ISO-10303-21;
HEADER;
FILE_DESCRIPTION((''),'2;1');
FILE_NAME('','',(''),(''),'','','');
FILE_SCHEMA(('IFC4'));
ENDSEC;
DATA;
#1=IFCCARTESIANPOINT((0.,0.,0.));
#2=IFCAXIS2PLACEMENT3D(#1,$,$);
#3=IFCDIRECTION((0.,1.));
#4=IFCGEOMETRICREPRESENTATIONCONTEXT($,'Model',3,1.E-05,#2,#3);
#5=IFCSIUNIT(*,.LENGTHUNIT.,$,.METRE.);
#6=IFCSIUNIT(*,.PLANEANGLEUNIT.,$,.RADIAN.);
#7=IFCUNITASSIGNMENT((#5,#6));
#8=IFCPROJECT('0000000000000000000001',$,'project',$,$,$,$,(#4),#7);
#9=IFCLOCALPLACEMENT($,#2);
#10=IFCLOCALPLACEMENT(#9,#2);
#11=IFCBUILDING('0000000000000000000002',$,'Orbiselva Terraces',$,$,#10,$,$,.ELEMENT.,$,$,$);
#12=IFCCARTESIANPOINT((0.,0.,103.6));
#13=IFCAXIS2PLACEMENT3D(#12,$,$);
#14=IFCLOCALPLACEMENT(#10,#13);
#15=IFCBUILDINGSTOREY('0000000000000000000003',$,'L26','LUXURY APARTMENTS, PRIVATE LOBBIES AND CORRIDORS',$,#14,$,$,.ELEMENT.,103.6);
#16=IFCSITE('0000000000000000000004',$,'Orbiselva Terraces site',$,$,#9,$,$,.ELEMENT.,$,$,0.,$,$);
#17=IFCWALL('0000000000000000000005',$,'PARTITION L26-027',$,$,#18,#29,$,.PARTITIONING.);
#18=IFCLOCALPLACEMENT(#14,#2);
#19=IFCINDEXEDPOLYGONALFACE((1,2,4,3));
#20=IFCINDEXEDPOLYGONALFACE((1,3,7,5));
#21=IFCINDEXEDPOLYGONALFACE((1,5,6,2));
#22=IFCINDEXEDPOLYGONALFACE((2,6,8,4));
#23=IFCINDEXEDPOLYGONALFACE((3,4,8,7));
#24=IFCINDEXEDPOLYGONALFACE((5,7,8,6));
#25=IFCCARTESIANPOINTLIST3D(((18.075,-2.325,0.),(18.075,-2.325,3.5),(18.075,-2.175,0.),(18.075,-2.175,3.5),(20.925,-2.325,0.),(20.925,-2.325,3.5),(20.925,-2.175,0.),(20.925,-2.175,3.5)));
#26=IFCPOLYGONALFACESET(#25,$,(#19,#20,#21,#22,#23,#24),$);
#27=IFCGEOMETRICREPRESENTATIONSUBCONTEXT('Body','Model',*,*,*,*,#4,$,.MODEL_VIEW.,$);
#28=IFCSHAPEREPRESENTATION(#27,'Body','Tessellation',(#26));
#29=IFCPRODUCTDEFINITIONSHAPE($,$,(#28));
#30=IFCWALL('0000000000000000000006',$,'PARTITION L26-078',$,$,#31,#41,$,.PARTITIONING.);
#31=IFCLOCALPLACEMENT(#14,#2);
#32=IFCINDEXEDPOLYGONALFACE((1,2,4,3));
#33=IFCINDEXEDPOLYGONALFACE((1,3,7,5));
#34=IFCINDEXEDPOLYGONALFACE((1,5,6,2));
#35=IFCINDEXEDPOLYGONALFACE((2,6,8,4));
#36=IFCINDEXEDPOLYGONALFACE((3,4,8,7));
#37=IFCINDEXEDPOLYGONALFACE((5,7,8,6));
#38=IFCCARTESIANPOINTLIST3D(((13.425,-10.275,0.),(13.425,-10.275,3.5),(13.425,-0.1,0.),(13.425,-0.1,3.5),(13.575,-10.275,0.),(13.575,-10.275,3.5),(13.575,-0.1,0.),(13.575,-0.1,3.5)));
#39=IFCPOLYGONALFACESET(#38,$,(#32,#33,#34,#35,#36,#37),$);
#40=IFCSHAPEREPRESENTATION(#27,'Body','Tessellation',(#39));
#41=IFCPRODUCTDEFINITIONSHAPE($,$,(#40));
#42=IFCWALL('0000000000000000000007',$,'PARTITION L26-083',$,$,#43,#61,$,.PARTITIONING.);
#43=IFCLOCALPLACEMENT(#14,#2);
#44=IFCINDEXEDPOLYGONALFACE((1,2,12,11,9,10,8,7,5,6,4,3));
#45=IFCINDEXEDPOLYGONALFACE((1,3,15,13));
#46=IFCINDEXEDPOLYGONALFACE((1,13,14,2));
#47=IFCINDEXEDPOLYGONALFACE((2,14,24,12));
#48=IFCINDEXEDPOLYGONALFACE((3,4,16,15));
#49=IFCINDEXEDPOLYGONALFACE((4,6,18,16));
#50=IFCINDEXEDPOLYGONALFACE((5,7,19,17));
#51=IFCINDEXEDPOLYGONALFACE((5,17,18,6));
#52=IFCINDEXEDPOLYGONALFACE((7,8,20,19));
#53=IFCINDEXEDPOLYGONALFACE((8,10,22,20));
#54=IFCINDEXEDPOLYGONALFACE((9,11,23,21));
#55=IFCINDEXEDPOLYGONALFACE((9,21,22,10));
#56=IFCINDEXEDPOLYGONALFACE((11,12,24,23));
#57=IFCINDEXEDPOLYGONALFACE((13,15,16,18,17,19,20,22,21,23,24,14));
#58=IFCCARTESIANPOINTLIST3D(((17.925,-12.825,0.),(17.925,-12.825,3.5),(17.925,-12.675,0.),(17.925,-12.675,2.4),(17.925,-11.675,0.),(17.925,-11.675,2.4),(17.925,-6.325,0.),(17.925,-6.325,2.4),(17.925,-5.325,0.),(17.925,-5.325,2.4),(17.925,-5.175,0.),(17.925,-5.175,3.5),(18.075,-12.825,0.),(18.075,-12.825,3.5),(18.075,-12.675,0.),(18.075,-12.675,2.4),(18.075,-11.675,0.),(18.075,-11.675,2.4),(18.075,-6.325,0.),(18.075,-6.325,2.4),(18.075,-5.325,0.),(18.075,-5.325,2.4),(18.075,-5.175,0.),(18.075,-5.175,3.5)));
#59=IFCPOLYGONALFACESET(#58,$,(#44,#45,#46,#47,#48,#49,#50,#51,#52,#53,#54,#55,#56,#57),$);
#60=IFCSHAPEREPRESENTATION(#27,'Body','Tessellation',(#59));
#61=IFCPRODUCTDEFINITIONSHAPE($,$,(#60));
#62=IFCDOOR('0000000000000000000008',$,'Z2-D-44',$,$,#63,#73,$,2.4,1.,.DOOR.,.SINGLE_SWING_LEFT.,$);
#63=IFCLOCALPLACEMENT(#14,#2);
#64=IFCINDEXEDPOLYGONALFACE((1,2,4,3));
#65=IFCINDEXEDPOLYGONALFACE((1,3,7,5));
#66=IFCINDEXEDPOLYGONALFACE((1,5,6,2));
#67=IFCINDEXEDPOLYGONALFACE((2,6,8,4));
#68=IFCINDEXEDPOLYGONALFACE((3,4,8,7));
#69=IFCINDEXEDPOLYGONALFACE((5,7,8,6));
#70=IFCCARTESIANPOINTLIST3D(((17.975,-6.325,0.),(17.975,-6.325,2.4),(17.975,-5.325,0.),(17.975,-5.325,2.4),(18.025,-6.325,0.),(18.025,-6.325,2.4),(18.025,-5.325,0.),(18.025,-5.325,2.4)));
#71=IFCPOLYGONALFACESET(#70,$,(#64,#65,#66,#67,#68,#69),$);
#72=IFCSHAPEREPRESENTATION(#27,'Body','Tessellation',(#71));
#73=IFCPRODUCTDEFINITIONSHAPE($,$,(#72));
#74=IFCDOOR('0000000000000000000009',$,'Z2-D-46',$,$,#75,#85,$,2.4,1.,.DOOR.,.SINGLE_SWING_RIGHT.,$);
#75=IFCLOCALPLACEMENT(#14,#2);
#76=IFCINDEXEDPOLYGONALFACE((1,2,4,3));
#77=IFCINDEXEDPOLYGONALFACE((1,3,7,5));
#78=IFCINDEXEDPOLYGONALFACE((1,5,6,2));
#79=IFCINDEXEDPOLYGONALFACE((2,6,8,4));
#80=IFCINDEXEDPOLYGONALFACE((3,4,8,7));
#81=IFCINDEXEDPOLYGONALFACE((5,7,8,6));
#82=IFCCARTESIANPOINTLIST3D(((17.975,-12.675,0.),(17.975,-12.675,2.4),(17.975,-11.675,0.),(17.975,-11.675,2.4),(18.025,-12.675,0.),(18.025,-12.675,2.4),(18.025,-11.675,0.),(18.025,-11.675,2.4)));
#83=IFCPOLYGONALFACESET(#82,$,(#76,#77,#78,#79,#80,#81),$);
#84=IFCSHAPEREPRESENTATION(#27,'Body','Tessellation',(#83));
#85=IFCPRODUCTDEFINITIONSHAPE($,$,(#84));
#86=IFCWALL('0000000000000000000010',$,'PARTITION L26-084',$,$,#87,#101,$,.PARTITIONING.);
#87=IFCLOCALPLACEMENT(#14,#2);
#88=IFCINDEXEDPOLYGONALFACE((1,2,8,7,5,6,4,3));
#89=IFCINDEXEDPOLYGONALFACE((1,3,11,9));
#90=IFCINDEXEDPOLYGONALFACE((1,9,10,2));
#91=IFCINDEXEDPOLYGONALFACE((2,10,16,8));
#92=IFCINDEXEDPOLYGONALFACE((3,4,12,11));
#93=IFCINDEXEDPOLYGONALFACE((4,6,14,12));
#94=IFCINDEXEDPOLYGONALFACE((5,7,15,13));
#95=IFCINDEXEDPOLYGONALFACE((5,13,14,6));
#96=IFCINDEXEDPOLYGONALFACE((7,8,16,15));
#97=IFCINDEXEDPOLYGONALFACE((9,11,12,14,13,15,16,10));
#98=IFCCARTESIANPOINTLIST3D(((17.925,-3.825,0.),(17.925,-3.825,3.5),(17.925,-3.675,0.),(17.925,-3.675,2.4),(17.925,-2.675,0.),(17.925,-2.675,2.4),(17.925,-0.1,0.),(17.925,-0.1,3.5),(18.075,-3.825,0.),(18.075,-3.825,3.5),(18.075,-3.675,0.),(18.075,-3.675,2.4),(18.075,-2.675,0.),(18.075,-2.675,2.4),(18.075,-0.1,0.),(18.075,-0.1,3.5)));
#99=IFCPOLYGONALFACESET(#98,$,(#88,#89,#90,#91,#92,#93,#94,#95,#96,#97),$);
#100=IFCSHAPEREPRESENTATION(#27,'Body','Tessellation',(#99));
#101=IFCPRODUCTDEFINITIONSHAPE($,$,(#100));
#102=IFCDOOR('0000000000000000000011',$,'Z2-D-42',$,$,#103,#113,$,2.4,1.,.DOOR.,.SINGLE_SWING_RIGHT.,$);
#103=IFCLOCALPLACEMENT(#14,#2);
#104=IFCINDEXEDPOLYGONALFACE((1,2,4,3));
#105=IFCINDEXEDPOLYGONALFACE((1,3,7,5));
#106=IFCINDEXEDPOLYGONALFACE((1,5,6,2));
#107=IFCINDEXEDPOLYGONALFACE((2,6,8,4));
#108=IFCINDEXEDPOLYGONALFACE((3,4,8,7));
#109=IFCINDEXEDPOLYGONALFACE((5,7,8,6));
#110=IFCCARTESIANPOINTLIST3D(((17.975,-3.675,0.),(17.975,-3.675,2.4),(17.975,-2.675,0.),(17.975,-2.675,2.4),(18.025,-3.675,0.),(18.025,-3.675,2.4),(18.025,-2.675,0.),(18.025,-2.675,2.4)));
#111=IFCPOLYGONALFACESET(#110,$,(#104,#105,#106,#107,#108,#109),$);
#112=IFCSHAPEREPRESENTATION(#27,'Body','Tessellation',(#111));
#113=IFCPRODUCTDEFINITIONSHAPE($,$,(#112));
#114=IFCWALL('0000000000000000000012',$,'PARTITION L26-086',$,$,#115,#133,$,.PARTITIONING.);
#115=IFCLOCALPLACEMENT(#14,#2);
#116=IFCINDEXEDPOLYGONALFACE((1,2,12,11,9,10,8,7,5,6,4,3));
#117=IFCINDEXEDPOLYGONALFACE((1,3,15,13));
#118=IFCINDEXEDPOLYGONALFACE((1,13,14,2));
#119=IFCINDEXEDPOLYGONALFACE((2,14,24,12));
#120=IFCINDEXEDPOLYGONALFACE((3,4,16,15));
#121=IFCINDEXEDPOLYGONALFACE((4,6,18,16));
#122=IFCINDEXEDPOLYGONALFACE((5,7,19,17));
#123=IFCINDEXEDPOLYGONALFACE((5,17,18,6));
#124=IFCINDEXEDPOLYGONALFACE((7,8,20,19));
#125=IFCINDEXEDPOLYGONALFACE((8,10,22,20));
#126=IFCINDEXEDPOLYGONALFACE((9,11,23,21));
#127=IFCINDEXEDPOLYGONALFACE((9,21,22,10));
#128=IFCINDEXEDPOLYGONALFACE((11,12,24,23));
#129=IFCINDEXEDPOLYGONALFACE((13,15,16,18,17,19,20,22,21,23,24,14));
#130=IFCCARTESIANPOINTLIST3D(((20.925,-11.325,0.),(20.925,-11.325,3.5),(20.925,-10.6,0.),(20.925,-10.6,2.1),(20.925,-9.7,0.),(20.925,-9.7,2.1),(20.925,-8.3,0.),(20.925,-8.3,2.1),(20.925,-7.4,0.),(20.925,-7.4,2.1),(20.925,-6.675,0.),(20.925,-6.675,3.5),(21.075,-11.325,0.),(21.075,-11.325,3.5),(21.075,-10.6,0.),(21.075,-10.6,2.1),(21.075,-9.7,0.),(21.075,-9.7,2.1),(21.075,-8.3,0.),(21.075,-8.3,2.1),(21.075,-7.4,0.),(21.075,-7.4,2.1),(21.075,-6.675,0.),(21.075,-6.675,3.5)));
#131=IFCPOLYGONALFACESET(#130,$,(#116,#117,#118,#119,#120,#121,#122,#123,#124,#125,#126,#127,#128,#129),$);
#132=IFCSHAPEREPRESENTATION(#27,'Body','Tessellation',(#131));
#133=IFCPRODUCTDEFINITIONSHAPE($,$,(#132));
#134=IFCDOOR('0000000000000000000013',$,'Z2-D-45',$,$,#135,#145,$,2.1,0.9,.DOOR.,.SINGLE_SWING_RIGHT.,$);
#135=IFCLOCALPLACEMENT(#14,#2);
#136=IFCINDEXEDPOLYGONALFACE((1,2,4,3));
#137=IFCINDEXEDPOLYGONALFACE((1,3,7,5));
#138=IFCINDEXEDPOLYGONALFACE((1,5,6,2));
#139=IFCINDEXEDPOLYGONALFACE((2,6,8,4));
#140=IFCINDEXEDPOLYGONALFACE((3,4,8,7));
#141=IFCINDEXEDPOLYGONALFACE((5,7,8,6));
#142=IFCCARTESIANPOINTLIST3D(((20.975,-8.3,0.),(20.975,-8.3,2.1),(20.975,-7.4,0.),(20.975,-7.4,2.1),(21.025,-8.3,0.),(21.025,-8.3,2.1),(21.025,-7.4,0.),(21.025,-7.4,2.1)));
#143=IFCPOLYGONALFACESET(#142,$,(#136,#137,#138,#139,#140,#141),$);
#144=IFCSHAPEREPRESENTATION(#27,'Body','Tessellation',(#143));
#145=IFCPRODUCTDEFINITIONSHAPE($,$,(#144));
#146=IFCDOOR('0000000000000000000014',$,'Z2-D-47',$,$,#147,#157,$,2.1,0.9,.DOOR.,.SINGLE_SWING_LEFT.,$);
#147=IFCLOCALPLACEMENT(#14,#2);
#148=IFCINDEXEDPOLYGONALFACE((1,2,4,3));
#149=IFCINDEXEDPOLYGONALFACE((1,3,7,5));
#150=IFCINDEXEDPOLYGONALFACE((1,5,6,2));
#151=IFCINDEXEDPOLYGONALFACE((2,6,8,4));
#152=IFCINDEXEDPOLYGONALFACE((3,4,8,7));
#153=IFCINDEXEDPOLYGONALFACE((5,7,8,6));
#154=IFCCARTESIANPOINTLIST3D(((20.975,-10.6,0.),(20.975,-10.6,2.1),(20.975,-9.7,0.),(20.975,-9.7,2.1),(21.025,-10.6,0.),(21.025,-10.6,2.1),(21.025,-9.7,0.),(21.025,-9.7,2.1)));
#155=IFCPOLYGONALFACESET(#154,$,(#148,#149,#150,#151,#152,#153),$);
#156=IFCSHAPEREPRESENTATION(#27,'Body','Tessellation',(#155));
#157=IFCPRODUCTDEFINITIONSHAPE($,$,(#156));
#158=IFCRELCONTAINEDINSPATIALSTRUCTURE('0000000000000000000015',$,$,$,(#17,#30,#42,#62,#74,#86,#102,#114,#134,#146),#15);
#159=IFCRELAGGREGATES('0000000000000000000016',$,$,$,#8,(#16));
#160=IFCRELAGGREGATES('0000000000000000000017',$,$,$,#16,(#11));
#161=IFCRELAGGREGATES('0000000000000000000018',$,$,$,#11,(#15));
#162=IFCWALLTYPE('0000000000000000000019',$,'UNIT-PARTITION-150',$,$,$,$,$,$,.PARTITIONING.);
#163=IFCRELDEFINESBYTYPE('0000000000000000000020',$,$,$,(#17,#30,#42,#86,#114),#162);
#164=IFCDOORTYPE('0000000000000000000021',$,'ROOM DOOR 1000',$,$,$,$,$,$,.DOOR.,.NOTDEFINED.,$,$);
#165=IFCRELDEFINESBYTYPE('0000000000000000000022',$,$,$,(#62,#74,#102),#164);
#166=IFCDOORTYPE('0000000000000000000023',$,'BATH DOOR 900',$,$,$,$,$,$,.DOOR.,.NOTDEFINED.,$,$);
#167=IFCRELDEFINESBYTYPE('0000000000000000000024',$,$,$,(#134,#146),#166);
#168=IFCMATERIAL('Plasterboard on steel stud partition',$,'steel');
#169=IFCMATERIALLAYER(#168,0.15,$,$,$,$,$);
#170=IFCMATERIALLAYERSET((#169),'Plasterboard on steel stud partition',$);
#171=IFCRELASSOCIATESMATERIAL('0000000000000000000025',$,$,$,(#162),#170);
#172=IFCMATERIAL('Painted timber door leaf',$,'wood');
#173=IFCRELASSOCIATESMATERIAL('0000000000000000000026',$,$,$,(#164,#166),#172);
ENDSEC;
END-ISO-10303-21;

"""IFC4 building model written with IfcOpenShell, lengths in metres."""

from ifc_helpers import new_model, si_unit, direction, frame, frame_2d, origin, place, context, subcontext, project, spatial, rectangle, extrude, material, layer, layer_set, type_object, element, fill, save


model = new_model("IFC4")

# Units and contexts
model_context = context("Model", 3, precision=1e-05, world=origin(), true_north=direction((0.0, 1.0)))
body_context = subcontext(model_context, "Body", "Model", "MODEL_VIEW")
ifc_project = project(units=[si_unit("LENGTHUNIT", "METRE"), si_unit("PLANEANGLEUNIT", "RADIAN")], contexts=[model_context])

# Site, building, storey
site_placement = place(None, origin())
site = spatial("IfcSite", under=ifc_project, at=site_placement, Name="Orbiselva Terraces site", CompositionType="ELEMENT", RefElevation=0.0)
building_placement = place(site_placement, origin())
building = spatial("IfcBuilding", under=site, at=building_placement, Name="Orbiselva Terraces", CompositionType="ELEMENT")
storey_placement = place(building_placement, frame((0.0, 0.0, 103.6)))
storey = spatial("IfcBuildingStorey", under=building, at=storey_placement, Name="L26", Description="LUXURY APARTMENTS, PRIVATE LOBBIES AND CORRIDORS", CompositionType="ELEMENT", Elevation=103.6)

# Walls
ifc_material_1 = material(Name="Plasterboard on steel stud partition", Category="steel")
ifc_layer_1 = layer(ifc_material_1, 0.15)
ifc_layer_set_1 = layer_set([ifc_layer_1], Name="Plasterboard on steel stud partition")
wall_type_1 = type_object("IfcWallType", Name="UNIT-PARTITION-150", PredefinedType="PARTITIONING", material=ifc_layer_set_1)
wall_1_placement = place(storey_placement, frame((18.075, -2.25, 0.0), z_axis=(0.0, 0.0, 1.0), x_axis=(1.0, 0.0, 0.0)))
element("IfcWall", 1, at=wall_1_placement, inside=storey, type_object=wall_type_1, Name="PARTITION L26-027", PredefinedType="PARTITIONING", context=body_context, shape_type="SweptSolid", body=[
    extrude(rectangle(XDim=2.85, YDim=0.15, at=frame_2d((1.425, 0.0))), origin(), (0.0, 0.0, 1.0), 3.5),
])
wall_2_placement = place(storey_placement, frame((13.5, -10.275, 0.0), z_axis=(0.0, 0.0, 1.0), x_axis=(0.0, 1.0, 0.0)))
element("IfcWall", 2, at=wall_2_placement, inside=storey, type_object=wall_type_1, Name="PARTITION L26-078", PredefinedType="PARTITIONING", context=body_context, shape_type="SweptSolid", body=[
    extrude(rectangle(XDim=10.175, YDim=0.15, at=frame_2d((5.0875, 0.0))), origin(), (0.0, 0.0, 1.0), 3.5),
])

# Wall, openings, doors
wall_3_placement = place(storey_placement, frame((18.0, -5.175, 0.0), z_axis=(0.0, 0.0, 1.0), x_axis=(0.0, -1.0, 0.0)))
wall_3 = element("IfcWall", 3, at=wall_3_placement, inside=storey, type_object=wall_type_1, Name="PARTITION L26-083", PredefinedType="PARTITIONING", context=body_context, shape_type="SweptSolid", body=[
    extrude(rectangle(XDim=7.65, YDim=0.15, at=frame_2d((3.825, 0.0))), origin(), (0.0, 0.0, 1.0), 3.5),
])
opening_1_placement = place(wall_3_placement, frame((0.15, 0.0, 0.0)))
opening_1 = element("IfcOpeningElement", 4, at=opening_1_placement, cuts=wall_3, PredefinedType="OPENING", context=body_context, shape_type="SweptSolid", body=[
    extrude(rectangle(XDim=1.0, YDim=2.4, at=frame_2d((0.5, 1.2))), frame((0.0, 0.085, 0.0), z_axis=(0.0, -1.0, 0.0), x_axis=(1.0, 0.0, 0.0)), (0.0, 0.0, 1.0), 0.17),
])
opening_2_placement = place(wall_3_placement, frame((6.5, 0.0, 0.0)))
opening_2 = element("IfcOpeningElement", 5, at=opening_2_placement, cuts=wall_3, PredefinedType="OPENING", context=body_context, shape_type="SweptSolid", body=[
    extrude(rectangle(XDim=1.0, YDim=2.4, at=frame_2d((0.5, 1.2))), frame((0.0, 0.085, 0.0), z_axis=(0.0, -1.0, 0.0), x_axis=(1.0, 0.0, 0.0)), (0.0, 0.0, 1.0), 0.17),
])
ifc_material_2 = material(Name="Painted timber door leaf", Category="wood")
door_type_1 = type_object("IfcDoorType", Name="ROOM DOOR 1000", OperationType="NOTDEFINED", PredefinedType="DOOR", material=ifc_material_2)
door_1_placement = place(opening_1_placement, origin())
door_1 = element("IfcDoor", 6, at=door_1_placement, inside=storey, type_object=door_type_1, Name="Z2-D-44", OperationType="SINGLE_SWING_LEFT", OverallHeight=2.4, OverallWidth=1.0, PredefinedType="DOOR", context=body_context, shape_type="SweptSolid", body=[
    extrude(rectangle(XDim=1.0, YDim=2.4, at=frame_2d((0.5, 1.2))), frame((0.0, 0.025, 0.0), z_axis=(0.0, -1.0, 0.0), x_axis=(1.0, 0.0, 0.0)), (0.0, 0.0, 1.0), 0.05),
])
fill(opening_1, door_1)
door_2_placement = place(opening_2_placement, origin())
door_2 = element("IfcDoor", 7, at=door_2_placement, inside=storey, type_object=door_type_1, Name="Z2-D-46", OperationType="SINGLE_SWING_RIGHT", OverallHeight=2.4, OverallWidth=1.0, PredefinedType="DOOR", context=body_context, shape_type="SweptSolid", body=[
    extrude(rectangle(XDim=1.0, YDim=2.4, at=frame_2d((0.5, 1.2))), frame((0.0, 0.025, 0.0), z_axis=(0.0, -1.0, 0.0), x_axis=(1.0, 0.0, 0.0)), (0.0, 0.0, 1.0), 0.05),
])
fill(opening_2, door_2)

# Wall, opening, door
wall_4_placement = place(storey_placement, frame((18.0, -0.1, 0.0), z_axis=(0.0, 0.0, 1.0), x_axis=(0.0, -1.0, 0.0)))
wall_4 = element("IfcWall", 8, at=wall_4_placement, inside=storey, type_object=wall_type_1, Name="PARTITION L26-084", PredefinedType="PARTITIONING", context=body_context, shape_type="SweptSolid", body=[
    extrude(rectangle(XDim=3.725, YDim=0.15, at=frame_2d((1.8625, 0.0))), origin(), (0.0, 0.0, 1.0), 3.5),
])
opening_3_placement = place(wall_4_placement, frame((2.575, 0.0, 0.0)))
opening_3 = element("IfcOpeningElement", 9, at=opening_3_placement, cuts=wall_4, PredefinedType="OPENING", context=body_context, shape_type="SweptSolid", body=[
    extrude(rectangle(XDim=1.0, YDim=2.4, at=frame_2d((0.5, 1.2))), frame((0.0, 0.085, 0.0), z_axis=(0.0, -1.0, 0.0), x_axis=(1.0, 0.0, 0.0)), (0.0, 0.0, 1.0), 0.17),
])
door_3_placement = place(opening_3_placement, origin())
door_3 = element("IfcDoor", 10, at=door_3_placement, inside=storey, type_object=door_type_1, Name="Z2-D-42", OperationType="SINGLE_SWING_RIGHT", OverallHeight=2.4, OverallWidth=1.0, PredefinedType="DOOR", context=body_context, shape_type="SweptSolid", body=[
    extrude(rectangle(XDim=1.0, YDim=2.4, at=frame_2d((0.5, 1.2))), frame((0.0, 0.025, 0.0), z_axis=(0.0, -1.0, 0.0), x_axis=(1.0, 0.0, 0.0)), (0.0, 0.0, 1.0), 0.05),
])
fill(opening_3, door_3)

# Wall, openings, doors
wall_5_placement = place(storey_placement, frame((21.0, -11.325, 0.0), z_axis=(0.0, 0.0, 1.0), x_axis=(0.0, 1.0, 0.0)))
wall_5 = element("IfcWall", 11, at=wall_5_placement, inside=storey, type_object=wall_type_1, Name="PARTITION L26-086", PredefinedType="PARTITIONING", context=body_context, shape_type="SweptSolid", body=[
    extrude(rectangle(XDim=4.65, YDim=0.15, at=frame_2d((2.325, 0.0))), origin(), (0.0, 0.0, 1.0), 3.5),
])
opening_4_placement = place(wall_5_placement, frame((3.025, 0.0, 0.0)))
opening_4 = element("IfcOpeningElement", 12, at=opening_4_placement, cuts=wall_5, PredefinedType="OPENING", context=body_context, shape_type="SweptSolid", body=[
    extrude(rectangle(XDim=0.9, YDim=2.1, at=frame_2d((0.45, 1.05))), frame((0.0, 0.085, 0.0), z_axis=(0.0, -1.0, 0.0), x_axis=(1.0, 0.0, 0.0)), (0.0, 0.0, 1.0), 0.17),
])
opening_5_placement = place(wall_5_placement, frame((0.725, 0.0, 0.0)))
opening_5 = element("IfcOpeningElement", 13, at=opening_5_placement, cuts=wall_5, PredefinedType="OPENING", context=body_context, shape_type="SweptSolid", body=[
    extrude(rectangle(XDim=0.9, YDim=2.1, at=frame_2d((0.45, 1.05))), frame((0.0, 0.085, 0.0), z_axis=(0.0, -1.0, 0.0), x_axis=(1.0, 0.0, 0.0)), (0.0, 0.0, 1.0), 0.17),
])
door_type_2 = type_object("IfcDoorType", Name="BATH DOOR 900", OperationType="NOTDEFINED", PredefinedType="DOOR", material=ifc_material_2)
door_4_placement = place(opening_4_placement, origin())
door_4 = element("IfcDoor", 14, at=door_4_placement, inside=storey, type_object=door_type_2, Name="Z2-D-45", OperationType="SINGLE_SWING_RIGHT", OverallHeight=2.1, OverallWidth=0.9, PredefinedType="DOOR", context=body_context, shape_type="SweptSolid", body=[
    extrude(rectangle(XDim=0.9, YDim=2.1, at=frame_2d((0.45, 1.05))), frame((0.0, 0.025, 0.0), z_axis=(0.0, -1.0, 0.0), x_axis=(1.0, 0.0, 0.0)), (0.0, 0.0, 1.0), 0.05),
])
fill(opening_4, door_4)
door_5_placement = place(opening_5_placement, origin())
door_5 = element("IfcDoor", 15, at=door_5_placement, inside=storey, type_object=door_type_2, Name="Z2-D-47", OperationType="SINGLE_SWING_LEFT", OverallHeight=2.1, OverallWidth=0.9, PredefinedType="DOOR", context=body_context, shape_type="SweptSolid", body=[
    extrude(rectangle(XDim=0.9, YDim=2.1, at=frame_2d((0.45, 1.05))), frame((0.0, 0.025, 0.0), z_axis=(0.0, -1.0, 0.0), x_axis=(1.0, 0.0, 0.0)), (0.0, 0.0, 1.0), 0.05),
])
fill(opening_5, door_5)

save(model, "model.ifc")
